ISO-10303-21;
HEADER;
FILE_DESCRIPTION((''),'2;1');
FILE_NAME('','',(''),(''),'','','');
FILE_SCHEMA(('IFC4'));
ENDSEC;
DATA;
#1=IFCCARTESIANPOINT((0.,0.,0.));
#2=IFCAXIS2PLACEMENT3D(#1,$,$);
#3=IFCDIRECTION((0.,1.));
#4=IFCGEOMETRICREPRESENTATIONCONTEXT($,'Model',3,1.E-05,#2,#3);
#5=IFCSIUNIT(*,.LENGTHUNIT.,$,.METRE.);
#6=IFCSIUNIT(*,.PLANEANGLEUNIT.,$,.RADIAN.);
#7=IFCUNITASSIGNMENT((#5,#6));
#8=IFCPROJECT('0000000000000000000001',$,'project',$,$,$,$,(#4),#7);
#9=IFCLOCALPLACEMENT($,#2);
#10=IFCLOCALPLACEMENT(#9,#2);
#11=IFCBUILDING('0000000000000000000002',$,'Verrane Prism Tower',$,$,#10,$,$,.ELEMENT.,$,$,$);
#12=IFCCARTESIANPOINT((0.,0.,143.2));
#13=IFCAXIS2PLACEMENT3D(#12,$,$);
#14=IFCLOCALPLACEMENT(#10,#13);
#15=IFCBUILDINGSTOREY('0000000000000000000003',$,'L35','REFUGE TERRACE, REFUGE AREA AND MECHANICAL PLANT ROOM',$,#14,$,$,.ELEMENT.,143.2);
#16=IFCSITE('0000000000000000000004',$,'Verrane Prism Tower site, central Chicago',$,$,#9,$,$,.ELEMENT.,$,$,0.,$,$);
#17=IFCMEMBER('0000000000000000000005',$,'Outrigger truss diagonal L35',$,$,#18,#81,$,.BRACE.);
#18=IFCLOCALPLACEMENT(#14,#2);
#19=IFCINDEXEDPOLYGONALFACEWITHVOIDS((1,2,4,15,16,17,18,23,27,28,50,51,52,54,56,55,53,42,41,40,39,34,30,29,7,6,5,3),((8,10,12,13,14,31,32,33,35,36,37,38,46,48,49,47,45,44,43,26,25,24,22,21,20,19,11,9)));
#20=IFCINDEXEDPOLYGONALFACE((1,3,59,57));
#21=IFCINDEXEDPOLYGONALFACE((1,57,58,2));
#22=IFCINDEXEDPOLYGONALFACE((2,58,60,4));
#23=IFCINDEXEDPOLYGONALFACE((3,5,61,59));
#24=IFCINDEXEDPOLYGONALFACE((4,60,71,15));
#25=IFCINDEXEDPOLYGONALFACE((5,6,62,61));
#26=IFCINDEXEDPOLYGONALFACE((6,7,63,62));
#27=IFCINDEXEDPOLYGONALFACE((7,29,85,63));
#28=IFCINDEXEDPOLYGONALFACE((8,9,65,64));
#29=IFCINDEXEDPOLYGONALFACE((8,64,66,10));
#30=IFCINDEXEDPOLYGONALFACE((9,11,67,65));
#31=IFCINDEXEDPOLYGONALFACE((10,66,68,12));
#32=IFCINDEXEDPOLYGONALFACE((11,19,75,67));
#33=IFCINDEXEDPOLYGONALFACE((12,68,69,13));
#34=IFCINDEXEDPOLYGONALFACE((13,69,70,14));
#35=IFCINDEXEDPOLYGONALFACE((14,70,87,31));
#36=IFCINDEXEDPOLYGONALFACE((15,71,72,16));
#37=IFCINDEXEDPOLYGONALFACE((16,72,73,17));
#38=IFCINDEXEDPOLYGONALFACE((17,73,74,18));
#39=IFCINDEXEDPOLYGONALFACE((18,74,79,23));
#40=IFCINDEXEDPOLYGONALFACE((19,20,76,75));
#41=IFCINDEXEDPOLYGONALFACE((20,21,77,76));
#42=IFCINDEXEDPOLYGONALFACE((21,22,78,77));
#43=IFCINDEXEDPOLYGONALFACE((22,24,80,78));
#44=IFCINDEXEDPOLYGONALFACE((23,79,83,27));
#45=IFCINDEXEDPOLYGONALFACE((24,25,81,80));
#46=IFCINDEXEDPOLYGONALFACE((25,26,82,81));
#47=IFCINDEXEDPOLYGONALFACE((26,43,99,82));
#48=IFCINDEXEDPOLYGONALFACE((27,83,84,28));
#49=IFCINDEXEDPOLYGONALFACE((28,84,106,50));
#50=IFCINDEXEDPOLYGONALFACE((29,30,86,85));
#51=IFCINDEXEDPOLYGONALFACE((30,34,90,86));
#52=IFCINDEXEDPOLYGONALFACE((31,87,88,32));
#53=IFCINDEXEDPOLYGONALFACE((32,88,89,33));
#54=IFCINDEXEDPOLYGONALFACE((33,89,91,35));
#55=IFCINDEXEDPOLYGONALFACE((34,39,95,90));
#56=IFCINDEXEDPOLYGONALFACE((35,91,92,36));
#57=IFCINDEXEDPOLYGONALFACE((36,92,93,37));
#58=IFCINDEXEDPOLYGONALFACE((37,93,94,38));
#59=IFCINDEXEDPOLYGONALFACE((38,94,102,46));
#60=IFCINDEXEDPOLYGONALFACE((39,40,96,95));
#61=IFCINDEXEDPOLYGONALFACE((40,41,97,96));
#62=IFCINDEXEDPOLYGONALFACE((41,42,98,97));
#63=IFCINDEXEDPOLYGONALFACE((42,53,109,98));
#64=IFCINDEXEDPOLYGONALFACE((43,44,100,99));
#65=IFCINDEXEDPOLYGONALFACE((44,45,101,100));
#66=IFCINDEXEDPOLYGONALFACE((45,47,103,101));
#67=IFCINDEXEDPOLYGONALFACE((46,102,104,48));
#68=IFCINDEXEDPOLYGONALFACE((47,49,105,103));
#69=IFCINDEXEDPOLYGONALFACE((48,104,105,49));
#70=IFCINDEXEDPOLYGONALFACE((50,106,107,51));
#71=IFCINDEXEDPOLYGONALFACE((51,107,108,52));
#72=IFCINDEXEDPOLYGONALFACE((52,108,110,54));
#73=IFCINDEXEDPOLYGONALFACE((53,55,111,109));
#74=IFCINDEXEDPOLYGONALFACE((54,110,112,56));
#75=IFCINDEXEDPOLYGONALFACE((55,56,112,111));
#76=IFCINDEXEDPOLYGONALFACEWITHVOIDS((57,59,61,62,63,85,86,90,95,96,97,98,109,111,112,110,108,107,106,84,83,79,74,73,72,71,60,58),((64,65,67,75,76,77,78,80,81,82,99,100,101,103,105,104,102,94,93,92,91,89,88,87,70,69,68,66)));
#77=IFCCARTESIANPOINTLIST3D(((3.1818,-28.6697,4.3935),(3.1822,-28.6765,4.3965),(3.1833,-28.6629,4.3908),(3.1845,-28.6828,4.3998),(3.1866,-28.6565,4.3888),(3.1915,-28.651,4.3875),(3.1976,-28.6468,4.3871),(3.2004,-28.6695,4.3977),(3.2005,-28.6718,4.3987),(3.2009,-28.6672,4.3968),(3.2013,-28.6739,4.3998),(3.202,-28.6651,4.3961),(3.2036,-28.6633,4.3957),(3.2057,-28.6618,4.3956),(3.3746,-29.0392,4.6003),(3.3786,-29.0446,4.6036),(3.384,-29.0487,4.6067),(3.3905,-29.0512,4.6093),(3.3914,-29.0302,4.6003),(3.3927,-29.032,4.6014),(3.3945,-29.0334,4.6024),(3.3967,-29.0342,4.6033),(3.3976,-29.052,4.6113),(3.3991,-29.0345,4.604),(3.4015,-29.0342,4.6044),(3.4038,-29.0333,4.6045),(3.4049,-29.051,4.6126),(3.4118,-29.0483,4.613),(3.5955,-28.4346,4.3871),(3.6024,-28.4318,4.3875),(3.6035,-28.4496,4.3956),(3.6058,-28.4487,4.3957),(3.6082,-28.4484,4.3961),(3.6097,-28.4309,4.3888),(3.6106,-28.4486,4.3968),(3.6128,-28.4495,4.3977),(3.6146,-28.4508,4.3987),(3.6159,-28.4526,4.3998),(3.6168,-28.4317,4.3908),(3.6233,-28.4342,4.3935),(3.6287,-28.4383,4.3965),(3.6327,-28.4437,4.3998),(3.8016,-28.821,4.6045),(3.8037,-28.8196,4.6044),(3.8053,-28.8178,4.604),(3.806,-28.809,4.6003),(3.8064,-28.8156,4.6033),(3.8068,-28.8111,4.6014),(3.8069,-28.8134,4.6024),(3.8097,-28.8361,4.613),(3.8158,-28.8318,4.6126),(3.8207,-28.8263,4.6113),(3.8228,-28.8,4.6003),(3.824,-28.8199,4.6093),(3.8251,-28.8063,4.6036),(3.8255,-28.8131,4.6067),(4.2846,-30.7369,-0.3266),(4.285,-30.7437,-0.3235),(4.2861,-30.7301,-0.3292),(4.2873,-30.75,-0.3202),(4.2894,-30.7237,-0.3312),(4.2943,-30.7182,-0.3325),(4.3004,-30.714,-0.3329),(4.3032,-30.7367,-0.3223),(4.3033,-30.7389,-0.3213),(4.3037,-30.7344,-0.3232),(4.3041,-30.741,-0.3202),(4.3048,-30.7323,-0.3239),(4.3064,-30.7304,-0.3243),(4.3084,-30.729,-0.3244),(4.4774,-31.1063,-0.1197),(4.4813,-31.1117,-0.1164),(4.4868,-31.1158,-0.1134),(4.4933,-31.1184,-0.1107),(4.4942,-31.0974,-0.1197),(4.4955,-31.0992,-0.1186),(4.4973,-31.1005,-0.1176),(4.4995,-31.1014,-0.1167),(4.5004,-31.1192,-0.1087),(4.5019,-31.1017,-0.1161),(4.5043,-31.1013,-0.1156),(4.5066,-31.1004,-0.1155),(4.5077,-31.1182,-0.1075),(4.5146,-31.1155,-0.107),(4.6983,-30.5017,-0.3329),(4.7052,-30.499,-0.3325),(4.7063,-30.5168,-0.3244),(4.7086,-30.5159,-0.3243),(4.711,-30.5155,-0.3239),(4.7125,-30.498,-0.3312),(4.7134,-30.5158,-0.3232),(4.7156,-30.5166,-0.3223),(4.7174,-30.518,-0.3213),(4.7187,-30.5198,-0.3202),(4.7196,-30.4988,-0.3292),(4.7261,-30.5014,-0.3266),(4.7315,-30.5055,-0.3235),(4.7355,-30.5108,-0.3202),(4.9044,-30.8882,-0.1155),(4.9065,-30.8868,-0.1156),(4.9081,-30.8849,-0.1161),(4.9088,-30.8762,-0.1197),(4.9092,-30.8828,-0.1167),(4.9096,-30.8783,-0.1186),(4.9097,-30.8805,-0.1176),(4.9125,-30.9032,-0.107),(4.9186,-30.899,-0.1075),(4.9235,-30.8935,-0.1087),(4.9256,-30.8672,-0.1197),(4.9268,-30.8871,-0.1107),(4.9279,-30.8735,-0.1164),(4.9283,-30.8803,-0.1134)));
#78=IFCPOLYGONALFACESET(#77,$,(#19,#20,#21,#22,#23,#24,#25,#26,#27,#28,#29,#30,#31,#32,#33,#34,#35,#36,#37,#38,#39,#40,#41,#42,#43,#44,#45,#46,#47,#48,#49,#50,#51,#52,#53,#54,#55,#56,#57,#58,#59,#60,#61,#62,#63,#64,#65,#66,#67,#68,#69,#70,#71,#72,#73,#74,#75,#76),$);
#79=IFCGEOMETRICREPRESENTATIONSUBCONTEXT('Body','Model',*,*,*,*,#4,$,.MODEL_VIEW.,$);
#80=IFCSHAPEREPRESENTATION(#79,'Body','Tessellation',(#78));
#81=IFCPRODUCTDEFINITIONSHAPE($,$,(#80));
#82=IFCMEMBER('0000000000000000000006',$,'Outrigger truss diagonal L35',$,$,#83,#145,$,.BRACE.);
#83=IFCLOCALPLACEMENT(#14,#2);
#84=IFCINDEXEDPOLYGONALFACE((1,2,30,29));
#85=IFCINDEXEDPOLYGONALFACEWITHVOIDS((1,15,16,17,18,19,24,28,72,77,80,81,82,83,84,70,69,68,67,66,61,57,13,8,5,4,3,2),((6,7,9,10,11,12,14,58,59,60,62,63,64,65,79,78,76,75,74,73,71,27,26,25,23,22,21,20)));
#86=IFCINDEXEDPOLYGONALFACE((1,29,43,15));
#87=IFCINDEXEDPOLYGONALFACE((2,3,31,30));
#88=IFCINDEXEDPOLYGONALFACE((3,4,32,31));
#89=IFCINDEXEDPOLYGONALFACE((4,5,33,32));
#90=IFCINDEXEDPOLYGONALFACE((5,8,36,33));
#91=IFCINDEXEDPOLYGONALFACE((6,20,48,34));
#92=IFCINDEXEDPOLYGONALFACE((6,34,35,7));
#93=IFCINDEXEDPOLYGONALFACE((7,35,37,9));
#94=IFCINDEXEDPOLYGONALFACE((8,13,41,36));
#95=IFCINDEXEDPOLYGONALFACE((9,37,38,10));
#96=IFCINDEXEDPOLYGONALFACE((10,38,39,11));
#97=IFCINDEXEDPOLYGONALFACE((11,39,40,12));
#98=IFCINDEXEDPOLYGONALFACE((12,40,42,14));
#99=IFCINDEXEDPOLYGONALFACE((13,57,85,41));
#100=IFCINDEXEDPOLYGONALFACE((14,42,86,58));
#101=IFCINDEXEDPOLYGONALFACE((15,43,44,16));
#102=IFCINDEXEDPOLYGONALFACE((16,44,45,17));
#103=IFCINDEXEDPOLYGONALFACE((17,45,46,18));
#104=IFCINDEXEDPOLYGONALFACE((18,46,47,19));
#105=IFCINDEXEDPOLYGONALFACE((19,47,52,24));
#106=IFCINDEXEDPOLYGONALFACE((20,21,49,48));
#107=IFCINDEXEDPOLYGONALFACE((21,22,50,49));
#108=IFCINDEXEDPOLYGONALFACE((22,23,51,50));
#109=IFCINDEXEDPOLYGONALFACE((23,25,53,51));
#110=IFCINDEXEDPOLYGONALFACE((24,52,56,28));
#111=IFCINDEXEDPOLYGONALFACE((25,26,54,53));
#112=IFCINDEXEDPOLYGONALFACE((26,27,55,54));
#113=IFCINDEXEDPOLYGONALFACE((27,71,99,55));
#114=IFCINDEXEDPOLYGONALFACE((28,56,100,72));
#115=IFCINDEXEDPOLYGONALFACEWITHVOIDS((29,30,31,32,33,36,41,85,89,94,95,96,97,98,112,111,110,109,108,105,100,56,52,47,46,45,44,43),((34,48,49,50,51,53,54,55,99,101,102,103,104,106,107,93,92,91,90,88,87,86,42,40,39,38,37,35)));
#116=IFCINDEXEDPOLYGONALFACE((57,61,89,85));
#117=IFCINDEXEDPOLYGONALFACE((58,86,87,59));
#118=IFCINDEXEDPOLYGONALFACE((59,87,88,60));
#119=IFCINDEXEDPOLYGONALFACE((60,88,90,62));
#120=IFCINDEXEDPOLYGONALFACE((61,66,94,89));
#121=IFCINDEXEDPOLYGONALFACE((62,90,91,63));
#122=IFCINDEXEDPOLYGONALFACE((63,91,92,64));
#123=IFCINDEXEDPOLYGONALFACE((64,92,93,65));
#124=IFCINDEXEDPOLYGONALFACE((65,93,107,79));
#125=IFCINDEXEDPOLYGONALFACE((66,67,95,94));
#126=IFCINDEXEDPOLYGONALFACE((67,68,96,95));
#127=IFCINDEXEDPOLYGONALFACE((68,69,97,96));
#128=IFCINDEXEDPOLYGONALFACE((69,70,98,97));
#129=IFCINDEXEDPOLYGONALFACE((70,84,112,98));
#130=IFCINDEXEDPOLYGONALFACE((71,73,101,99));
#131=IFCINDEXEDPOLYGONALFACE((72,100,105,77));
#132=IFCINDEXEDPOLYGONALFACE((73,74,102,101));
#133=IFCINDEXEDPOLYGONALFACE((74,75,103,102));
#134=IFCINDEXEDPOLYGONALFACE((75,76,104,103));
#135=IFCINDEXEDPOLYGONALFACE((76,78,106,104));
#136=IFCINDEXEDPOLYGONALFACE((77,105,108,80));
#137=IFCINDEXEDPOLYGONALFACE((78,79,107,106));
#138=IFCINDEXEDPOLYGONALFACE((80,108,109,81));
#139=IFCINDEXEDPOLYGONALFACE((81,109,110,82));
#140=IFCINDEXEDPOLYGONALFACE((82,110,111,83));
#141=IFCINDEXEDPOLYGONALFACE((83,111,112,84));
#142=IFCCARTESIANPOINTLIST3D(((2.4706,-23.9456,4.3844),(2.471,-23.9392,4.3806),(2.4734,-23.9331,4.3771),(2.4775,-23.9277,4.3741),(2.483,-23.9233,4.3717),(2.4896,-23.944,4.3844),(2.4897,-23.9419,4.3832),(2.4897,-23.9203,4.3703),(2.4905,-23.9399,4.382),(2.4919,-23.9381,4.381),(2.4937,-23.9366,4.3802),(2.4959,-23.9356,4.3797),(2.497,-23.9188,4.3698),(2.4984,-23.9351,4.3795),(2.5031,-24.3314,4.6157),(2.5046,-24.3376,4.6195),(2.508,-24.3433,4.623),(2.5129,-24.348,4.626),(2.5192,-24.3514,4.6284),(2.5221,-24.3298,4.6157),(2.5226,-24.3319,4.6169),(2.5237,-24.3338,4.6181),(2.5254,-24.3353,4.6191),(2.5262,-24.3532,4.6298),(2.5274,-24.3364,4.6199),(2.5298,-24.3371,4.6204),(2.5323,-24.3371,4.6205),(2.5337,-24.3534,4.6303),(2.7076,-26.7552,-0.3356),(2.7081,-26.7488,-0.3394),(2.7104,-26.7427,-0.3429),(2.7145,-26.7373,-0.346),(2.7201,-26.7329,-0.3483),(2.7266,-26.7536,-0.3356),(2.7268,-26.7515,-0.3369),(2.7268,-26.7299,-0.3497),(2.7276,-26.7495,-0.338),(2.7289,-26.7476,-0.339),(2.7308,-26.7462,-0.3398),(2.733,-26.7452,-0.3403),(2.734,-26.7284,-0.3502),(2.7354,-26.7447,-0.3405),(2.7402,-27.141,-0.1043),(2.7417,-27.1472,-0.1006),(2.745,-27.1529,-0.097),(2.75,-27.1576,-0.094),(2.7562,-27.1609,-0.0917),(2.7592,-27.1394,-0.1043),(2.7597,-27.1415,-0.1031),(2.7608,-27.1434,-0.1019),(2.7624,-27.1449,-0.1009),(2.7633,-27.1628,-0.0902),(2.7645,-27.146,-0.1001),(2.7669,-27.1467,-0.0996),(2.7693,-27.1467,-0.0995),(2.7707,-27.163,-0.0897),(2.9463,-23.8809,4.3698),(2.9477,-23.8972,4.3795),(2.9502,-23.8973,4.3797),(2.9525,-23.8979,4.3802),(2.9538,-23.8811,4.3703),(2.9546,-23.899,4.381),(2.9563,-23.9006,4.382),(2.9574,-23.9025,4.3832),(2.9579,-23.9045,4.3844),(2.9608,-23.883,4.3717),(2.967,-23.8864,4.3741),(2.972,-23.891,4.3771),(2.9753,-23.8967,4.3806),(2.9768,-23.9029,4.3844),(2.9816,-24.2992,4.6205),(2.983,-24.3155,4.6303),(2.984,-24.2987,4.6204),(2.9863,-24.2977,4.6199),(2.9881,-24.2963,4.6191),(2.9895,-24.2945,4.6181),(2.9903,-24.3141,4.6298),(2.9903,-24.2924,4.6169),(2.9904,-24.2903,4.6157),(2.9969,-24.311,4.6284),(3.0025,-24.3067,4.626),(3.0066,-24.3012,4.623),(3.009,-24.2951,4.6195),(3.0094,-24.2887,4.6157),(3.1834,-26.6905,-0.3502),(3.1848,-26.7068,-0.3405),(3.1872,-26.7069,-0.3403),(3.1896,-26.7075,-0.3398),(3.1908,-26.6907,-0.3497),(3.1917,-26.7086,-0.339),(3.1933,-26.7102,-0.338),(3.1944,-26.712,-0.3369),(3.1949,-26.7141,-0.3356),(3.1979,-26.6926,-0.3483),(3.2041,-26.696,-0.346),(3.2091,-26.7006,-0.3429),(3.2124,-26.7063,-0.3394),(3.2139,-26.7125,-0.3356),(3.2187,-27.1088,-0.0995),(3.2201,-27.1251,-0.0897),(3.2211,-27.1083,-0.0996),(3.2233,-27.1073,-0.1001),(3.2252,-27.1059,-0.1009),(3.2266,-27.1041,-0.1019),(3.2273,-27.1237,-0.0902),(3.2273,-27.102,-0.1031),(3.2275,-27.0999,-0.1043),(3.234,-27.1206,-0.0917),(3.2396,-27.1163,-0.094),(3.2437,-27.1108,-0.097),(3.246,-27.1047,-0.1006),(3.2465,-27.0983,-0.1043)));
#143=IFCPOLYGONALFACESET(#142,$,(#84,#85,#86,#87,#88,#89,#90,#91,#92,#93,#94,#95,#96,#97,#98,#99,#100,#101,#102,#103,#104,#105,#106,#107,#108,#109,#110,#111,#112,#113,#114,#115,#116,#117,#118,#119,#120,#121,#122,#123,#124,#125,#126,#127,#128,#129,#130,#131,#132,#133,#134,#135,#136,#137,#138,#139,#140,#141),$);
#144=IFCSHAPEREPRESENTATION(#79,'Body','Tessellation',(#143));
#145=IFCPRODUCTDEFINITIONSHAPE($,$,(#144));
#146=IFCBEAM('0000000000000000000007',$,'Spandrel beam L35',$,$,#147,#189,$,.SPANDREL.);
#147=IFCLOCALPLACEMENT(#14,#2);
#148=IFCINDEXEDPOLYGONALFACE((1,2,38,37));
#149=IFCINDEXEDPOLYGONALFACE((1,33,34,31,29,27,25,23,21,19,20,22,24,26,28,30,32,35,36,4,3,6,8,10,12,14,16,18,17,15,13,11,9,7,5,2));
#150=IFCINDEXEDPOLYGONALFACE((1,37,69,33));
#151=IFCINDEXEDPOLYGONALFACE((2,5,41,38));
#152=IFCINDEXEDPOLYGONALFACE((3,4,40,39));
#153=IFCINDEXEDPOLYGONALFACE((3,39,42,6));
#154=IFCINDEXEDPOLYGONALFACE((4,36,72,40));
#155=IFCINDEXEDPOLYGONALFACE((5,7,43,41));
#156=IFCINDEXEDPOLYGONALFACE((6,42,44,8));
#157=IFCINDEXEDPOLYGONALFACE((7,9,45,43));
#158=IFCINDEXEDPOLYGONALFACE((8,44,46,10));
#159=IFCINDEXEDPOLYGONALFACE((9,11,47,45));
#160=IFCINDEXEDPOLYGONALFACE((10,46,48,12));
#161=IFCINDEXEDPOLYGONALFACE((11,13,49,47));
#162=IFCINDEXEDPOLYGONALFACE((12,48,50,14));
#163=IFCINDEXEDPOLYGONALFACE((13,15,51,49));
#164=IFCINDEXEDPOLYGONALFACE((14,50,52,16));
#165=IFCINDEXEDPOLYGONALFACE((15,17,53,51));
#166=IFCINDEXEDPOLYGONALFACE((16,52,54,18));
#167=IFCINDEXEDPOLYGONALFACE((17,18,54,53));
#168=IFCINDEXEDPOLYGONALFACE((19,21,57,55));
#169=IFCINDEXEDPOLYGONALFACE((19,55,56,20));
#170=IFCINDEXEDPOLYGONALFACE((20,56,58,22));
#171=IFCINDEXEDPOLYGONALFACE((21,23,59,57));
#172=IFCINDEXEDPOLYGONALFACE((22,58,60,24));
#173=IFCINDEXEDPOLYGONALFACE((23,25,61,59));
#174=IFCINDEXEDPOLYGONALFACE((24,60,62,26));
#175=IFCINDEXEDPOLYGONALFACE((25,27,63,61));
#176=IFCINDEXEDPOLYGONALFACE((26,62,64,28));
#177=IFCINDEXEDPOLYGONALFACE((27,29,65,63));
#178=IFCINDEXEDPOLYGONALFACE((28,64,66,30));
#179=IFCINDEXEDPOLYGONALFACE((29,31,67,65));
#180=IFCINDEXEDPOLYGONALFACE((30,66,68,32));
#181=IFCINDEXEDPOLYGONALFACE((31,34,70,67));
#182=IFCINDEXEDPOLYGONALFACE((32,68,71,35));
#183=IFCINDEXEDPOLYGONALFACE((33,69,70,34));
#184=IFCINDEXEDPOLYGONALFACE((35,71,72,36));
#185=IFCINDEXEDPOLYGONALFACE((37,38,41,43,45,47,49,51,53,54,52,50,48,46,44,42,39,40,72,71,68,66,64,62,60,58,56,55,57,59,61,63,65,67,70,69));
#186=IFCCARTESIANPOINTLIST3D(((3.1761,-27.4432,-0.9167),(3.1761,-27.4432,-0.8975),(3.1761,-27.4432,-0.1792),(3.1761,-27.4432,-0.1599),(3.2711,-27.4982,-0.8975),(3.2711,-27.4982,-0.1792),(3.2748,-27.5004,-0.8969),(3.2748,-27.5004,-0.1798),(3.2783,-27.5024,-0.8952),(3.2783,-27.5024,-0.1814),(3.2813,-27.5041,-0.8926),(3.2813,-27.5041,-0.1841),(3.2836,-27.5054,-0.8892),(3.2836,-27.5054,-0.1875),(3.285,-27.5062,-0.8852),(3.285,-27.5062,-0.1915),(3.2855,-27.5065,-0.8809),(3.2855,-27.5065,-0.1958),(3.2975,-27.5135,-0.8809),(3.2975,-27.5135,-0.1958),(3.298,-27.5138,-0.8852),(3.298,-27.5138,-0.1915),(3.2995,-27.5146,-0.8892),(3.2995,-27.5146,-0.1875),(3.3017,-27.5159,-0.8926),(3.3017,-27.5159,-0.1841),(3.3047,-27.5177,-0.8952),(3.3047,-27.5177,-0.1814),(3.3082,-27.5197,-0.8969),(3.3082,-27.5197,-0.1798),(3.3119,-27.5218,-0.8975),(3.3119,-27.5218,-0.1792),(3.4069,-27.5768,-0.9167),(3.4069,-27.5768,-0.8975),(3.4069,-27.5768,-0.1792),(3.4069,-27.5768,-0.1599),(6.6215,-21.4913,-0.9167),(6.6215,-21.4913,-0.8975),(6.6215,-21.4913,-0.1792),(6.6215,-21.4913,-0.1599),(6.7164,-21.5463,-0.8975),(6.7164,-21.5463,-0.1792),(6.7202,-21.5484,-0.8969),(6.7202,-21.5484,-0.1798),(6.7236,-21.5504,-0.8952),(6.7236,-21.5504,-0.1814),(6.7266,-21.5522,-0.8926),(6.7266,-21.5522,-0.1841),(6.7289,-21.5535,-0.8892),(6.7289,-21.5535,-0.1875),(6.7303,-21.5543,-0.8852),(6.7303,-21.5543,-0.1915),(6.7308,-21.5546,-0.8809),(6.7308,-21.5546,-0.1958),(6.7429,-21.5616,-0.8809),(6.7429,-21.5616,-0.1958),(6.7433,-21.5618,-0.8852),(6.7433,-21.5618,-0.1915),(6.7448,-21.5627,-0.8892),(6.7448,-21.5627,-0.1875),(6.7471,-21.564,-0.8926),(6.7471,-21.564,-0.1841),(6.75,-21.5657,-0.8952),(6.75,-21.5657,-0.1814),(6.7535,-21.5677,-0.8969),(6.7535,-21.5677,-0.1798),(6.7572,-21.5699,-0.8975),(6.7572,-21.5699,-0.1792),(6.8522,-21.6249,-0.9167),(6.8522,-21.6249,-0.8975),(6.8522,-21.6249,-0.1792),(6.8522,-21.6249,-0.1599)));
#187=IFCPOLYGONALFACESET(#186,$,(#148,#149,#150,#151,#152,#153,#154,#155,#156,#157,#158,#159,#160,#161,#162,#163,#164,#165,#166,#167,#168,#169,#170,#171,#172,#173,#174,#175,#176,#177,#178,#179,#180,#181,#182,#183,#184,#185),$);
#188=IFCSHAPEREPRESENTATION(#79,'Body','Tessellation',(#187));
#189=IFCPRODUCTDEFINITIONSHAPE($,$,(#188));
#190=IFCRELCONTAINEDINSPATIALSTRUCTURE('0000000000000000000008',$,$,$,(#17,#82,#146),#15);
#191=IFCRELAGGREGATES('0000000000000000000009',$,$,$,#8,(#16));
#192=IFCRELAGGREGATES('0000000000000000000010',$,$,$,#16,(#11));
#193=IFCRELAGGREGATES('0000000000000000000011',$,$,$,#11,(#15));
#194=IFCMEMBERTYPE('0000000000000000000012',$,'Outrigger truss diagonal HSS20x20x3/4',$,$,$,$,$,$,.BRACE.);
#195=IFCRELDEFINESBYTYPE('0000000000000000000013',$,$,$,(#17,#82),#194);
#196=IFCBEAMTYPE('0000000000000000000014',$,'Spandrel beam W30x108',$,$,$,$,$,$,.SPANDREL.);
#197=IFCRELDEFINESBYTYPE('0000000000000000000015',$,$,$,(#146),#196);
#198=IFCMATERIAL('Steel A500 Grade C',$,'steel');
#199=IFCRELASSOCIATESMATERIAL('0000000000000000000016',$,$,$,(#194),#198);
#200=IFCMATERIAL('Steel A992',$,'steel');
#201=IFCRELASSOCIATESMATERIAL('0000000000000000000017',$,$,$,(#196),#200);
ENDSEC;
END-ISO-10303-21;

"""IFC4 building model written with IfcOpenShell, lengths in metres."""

from ifc_helpers import new_model, si_unit, direction, frame, origin, origin_2d, place, context, subcontext, project, spatial, hollow_rectangle, i_section, extrude, material, material_profile, profile_set, type_object, element, save


model = new_model("IFC4")

# Units and contexts
model_context = context("Model", 3, precision=1e-05, world=origin(), true_north=direction((0.0, 1.0)))
body_context = subcontext(model_context, "Body", "Model", "MODEL_VIEW")
ifc_project = project(units=[si_unit("LENGTHUNIT", "METRE"), si_unit("PLANEANGLEUNIT", "RADIAN")], contexts=[model_context])

# Site, building, storey
site_placement = place(None, origin())
site = spatial("IfcSite", under=ifc_project, at=site_placement, Name="Verrane Prism Tower site, central Chicago", CompositionType="ELEMENT", RefElevation=0.0)
building_placement = place(site_placement, origin())
building = spatial("IfcBuilding", under=site, at=building_placement, Name="Verrane Prism Tower", CompositionType="ELEMENT")
storey_placement = place(building_placement, frame((0.0, 0.0, 143.2)))
storey = spatial("IfcBuildingStorey", under=building, at=storey_placement, Name="L35", Description="REFUGE TERRACE, REFUGE AREA AND MECHANICAL PLANT ROOM", CompositionType="ELEMENT", Elevation=143.2)

# Members
ifc_material_1 = material(Name="Steel A500 Grade C", Category="steel")
ifc_material_profile_1 = material_profile(ifc_material_1, hollow_rectangle(XDim=0.5081, YDim=0.5081, WallThickness=0.019, InnerFilletRadius=0.0095, OuterFilletRadius=0.0286, at=origin_2d()), Name="HSS20x20x3/4")
ifc_profile_set_1 = profile_set([ifc_material_profile_1], Name="Steel A500 Grade C")
member_type_1 = type_object("IfcMemberType", Name="Outrigger truss diagonal HSS20x20x3/4", PredefinedType="BRACE", material=ifc_profile_set_1)
member_1_placement = place(storey_placement, frame((4.6064, -30.8086, -0.22), z_axis=(-0.209278, 0.392286, 0.89572), x_axis=(-0.882298, -0.470691, 0.0)))
element("IfcMember", 1, at=member_1_placement, inside=storey, type_object=member_type_1, Name="Outrigger truss diagonal L35", PredefinedType="BRACE", context=body_context, shape_type="SweptSolid", body=[
    extrude(hollow_rectangle(XDim=0.5081, YDim=0.5081, WallThickness=0.019, InnerFilletRadius=0.0095, OuterFilletRadius=0.0286, at=origin_2d()), origin(), (0.0, 0.0, 1.0), 5.2695),
])
member_2_placement = place(storey_placement, frame((2.9771, -26.9268, -0.22), z_axis=(-0.043118, 0.511017, 0.858489), x_axis=(-0.996459, -0.084077, 0.0)))
element("IfcMember", 2, at=member_2_placement, inside=storey, type_object=member_type_1, Name="Outrigger truss diagonal L35", PredefinedType="BRACE", context=body_context, shape_type="SweptSolid", body=[
    extrude(hollow_rectangle(XDim=0.5081, YDim=0.5081, WallThickness=0.019, InnerFilletRadius=0.0095, OuterFilletRadius=0.0286, at=origin_2d()), origin(), (0.0, 0.0, 1.0), 5.498),
])

# Beam
ifc_material_2 = material(Name="Steel A992", Category="steel")
ifc_material_profile_2 = material_profile(ifc_material_2, i_section(OverallWidth=0.2666, OverallDepth=0.7568, WebThickness=0.0139, FlangeThickness=0.0193, FilletRadius=0.0166, at=origin_2d()), Name="W30x108")
ifc_profile_set_2 = profile_set([ifc_material_profile_2], Name="Steel A992")
beam_type_1 = type_object("IfcBeamType", Name="Spandrel beam W30x108", PredefinedType="SPANDREL", material=ifc_profile_set_2)
beam_1_placement = place(storey_placement, frame((3.2915, -27.51, -0.5383), z_axis=(0.500979, 0.86546, 0.0), x_axis=(-0.86546, 0.500979, 0.0)))
element("IfcBeam", 3, at=beam_1_placement, inside=storey, type_object=beam_type_1, Name="Spandrel beam L35", PredefinedType="SPANDREL", context=body_context, shape_type="SweptSolid", body=[
    extrude(i_section(OverallWidth=0.2666, OverallDepth=0.7568, WebThickness=0.0139, FlangeThickness=0.0193, FilletRadius=0.0166, at=origin_2d()), origin(), (0.0, 0.0, 1.0), 6.8772),
])

save(model, "model.ifc")
